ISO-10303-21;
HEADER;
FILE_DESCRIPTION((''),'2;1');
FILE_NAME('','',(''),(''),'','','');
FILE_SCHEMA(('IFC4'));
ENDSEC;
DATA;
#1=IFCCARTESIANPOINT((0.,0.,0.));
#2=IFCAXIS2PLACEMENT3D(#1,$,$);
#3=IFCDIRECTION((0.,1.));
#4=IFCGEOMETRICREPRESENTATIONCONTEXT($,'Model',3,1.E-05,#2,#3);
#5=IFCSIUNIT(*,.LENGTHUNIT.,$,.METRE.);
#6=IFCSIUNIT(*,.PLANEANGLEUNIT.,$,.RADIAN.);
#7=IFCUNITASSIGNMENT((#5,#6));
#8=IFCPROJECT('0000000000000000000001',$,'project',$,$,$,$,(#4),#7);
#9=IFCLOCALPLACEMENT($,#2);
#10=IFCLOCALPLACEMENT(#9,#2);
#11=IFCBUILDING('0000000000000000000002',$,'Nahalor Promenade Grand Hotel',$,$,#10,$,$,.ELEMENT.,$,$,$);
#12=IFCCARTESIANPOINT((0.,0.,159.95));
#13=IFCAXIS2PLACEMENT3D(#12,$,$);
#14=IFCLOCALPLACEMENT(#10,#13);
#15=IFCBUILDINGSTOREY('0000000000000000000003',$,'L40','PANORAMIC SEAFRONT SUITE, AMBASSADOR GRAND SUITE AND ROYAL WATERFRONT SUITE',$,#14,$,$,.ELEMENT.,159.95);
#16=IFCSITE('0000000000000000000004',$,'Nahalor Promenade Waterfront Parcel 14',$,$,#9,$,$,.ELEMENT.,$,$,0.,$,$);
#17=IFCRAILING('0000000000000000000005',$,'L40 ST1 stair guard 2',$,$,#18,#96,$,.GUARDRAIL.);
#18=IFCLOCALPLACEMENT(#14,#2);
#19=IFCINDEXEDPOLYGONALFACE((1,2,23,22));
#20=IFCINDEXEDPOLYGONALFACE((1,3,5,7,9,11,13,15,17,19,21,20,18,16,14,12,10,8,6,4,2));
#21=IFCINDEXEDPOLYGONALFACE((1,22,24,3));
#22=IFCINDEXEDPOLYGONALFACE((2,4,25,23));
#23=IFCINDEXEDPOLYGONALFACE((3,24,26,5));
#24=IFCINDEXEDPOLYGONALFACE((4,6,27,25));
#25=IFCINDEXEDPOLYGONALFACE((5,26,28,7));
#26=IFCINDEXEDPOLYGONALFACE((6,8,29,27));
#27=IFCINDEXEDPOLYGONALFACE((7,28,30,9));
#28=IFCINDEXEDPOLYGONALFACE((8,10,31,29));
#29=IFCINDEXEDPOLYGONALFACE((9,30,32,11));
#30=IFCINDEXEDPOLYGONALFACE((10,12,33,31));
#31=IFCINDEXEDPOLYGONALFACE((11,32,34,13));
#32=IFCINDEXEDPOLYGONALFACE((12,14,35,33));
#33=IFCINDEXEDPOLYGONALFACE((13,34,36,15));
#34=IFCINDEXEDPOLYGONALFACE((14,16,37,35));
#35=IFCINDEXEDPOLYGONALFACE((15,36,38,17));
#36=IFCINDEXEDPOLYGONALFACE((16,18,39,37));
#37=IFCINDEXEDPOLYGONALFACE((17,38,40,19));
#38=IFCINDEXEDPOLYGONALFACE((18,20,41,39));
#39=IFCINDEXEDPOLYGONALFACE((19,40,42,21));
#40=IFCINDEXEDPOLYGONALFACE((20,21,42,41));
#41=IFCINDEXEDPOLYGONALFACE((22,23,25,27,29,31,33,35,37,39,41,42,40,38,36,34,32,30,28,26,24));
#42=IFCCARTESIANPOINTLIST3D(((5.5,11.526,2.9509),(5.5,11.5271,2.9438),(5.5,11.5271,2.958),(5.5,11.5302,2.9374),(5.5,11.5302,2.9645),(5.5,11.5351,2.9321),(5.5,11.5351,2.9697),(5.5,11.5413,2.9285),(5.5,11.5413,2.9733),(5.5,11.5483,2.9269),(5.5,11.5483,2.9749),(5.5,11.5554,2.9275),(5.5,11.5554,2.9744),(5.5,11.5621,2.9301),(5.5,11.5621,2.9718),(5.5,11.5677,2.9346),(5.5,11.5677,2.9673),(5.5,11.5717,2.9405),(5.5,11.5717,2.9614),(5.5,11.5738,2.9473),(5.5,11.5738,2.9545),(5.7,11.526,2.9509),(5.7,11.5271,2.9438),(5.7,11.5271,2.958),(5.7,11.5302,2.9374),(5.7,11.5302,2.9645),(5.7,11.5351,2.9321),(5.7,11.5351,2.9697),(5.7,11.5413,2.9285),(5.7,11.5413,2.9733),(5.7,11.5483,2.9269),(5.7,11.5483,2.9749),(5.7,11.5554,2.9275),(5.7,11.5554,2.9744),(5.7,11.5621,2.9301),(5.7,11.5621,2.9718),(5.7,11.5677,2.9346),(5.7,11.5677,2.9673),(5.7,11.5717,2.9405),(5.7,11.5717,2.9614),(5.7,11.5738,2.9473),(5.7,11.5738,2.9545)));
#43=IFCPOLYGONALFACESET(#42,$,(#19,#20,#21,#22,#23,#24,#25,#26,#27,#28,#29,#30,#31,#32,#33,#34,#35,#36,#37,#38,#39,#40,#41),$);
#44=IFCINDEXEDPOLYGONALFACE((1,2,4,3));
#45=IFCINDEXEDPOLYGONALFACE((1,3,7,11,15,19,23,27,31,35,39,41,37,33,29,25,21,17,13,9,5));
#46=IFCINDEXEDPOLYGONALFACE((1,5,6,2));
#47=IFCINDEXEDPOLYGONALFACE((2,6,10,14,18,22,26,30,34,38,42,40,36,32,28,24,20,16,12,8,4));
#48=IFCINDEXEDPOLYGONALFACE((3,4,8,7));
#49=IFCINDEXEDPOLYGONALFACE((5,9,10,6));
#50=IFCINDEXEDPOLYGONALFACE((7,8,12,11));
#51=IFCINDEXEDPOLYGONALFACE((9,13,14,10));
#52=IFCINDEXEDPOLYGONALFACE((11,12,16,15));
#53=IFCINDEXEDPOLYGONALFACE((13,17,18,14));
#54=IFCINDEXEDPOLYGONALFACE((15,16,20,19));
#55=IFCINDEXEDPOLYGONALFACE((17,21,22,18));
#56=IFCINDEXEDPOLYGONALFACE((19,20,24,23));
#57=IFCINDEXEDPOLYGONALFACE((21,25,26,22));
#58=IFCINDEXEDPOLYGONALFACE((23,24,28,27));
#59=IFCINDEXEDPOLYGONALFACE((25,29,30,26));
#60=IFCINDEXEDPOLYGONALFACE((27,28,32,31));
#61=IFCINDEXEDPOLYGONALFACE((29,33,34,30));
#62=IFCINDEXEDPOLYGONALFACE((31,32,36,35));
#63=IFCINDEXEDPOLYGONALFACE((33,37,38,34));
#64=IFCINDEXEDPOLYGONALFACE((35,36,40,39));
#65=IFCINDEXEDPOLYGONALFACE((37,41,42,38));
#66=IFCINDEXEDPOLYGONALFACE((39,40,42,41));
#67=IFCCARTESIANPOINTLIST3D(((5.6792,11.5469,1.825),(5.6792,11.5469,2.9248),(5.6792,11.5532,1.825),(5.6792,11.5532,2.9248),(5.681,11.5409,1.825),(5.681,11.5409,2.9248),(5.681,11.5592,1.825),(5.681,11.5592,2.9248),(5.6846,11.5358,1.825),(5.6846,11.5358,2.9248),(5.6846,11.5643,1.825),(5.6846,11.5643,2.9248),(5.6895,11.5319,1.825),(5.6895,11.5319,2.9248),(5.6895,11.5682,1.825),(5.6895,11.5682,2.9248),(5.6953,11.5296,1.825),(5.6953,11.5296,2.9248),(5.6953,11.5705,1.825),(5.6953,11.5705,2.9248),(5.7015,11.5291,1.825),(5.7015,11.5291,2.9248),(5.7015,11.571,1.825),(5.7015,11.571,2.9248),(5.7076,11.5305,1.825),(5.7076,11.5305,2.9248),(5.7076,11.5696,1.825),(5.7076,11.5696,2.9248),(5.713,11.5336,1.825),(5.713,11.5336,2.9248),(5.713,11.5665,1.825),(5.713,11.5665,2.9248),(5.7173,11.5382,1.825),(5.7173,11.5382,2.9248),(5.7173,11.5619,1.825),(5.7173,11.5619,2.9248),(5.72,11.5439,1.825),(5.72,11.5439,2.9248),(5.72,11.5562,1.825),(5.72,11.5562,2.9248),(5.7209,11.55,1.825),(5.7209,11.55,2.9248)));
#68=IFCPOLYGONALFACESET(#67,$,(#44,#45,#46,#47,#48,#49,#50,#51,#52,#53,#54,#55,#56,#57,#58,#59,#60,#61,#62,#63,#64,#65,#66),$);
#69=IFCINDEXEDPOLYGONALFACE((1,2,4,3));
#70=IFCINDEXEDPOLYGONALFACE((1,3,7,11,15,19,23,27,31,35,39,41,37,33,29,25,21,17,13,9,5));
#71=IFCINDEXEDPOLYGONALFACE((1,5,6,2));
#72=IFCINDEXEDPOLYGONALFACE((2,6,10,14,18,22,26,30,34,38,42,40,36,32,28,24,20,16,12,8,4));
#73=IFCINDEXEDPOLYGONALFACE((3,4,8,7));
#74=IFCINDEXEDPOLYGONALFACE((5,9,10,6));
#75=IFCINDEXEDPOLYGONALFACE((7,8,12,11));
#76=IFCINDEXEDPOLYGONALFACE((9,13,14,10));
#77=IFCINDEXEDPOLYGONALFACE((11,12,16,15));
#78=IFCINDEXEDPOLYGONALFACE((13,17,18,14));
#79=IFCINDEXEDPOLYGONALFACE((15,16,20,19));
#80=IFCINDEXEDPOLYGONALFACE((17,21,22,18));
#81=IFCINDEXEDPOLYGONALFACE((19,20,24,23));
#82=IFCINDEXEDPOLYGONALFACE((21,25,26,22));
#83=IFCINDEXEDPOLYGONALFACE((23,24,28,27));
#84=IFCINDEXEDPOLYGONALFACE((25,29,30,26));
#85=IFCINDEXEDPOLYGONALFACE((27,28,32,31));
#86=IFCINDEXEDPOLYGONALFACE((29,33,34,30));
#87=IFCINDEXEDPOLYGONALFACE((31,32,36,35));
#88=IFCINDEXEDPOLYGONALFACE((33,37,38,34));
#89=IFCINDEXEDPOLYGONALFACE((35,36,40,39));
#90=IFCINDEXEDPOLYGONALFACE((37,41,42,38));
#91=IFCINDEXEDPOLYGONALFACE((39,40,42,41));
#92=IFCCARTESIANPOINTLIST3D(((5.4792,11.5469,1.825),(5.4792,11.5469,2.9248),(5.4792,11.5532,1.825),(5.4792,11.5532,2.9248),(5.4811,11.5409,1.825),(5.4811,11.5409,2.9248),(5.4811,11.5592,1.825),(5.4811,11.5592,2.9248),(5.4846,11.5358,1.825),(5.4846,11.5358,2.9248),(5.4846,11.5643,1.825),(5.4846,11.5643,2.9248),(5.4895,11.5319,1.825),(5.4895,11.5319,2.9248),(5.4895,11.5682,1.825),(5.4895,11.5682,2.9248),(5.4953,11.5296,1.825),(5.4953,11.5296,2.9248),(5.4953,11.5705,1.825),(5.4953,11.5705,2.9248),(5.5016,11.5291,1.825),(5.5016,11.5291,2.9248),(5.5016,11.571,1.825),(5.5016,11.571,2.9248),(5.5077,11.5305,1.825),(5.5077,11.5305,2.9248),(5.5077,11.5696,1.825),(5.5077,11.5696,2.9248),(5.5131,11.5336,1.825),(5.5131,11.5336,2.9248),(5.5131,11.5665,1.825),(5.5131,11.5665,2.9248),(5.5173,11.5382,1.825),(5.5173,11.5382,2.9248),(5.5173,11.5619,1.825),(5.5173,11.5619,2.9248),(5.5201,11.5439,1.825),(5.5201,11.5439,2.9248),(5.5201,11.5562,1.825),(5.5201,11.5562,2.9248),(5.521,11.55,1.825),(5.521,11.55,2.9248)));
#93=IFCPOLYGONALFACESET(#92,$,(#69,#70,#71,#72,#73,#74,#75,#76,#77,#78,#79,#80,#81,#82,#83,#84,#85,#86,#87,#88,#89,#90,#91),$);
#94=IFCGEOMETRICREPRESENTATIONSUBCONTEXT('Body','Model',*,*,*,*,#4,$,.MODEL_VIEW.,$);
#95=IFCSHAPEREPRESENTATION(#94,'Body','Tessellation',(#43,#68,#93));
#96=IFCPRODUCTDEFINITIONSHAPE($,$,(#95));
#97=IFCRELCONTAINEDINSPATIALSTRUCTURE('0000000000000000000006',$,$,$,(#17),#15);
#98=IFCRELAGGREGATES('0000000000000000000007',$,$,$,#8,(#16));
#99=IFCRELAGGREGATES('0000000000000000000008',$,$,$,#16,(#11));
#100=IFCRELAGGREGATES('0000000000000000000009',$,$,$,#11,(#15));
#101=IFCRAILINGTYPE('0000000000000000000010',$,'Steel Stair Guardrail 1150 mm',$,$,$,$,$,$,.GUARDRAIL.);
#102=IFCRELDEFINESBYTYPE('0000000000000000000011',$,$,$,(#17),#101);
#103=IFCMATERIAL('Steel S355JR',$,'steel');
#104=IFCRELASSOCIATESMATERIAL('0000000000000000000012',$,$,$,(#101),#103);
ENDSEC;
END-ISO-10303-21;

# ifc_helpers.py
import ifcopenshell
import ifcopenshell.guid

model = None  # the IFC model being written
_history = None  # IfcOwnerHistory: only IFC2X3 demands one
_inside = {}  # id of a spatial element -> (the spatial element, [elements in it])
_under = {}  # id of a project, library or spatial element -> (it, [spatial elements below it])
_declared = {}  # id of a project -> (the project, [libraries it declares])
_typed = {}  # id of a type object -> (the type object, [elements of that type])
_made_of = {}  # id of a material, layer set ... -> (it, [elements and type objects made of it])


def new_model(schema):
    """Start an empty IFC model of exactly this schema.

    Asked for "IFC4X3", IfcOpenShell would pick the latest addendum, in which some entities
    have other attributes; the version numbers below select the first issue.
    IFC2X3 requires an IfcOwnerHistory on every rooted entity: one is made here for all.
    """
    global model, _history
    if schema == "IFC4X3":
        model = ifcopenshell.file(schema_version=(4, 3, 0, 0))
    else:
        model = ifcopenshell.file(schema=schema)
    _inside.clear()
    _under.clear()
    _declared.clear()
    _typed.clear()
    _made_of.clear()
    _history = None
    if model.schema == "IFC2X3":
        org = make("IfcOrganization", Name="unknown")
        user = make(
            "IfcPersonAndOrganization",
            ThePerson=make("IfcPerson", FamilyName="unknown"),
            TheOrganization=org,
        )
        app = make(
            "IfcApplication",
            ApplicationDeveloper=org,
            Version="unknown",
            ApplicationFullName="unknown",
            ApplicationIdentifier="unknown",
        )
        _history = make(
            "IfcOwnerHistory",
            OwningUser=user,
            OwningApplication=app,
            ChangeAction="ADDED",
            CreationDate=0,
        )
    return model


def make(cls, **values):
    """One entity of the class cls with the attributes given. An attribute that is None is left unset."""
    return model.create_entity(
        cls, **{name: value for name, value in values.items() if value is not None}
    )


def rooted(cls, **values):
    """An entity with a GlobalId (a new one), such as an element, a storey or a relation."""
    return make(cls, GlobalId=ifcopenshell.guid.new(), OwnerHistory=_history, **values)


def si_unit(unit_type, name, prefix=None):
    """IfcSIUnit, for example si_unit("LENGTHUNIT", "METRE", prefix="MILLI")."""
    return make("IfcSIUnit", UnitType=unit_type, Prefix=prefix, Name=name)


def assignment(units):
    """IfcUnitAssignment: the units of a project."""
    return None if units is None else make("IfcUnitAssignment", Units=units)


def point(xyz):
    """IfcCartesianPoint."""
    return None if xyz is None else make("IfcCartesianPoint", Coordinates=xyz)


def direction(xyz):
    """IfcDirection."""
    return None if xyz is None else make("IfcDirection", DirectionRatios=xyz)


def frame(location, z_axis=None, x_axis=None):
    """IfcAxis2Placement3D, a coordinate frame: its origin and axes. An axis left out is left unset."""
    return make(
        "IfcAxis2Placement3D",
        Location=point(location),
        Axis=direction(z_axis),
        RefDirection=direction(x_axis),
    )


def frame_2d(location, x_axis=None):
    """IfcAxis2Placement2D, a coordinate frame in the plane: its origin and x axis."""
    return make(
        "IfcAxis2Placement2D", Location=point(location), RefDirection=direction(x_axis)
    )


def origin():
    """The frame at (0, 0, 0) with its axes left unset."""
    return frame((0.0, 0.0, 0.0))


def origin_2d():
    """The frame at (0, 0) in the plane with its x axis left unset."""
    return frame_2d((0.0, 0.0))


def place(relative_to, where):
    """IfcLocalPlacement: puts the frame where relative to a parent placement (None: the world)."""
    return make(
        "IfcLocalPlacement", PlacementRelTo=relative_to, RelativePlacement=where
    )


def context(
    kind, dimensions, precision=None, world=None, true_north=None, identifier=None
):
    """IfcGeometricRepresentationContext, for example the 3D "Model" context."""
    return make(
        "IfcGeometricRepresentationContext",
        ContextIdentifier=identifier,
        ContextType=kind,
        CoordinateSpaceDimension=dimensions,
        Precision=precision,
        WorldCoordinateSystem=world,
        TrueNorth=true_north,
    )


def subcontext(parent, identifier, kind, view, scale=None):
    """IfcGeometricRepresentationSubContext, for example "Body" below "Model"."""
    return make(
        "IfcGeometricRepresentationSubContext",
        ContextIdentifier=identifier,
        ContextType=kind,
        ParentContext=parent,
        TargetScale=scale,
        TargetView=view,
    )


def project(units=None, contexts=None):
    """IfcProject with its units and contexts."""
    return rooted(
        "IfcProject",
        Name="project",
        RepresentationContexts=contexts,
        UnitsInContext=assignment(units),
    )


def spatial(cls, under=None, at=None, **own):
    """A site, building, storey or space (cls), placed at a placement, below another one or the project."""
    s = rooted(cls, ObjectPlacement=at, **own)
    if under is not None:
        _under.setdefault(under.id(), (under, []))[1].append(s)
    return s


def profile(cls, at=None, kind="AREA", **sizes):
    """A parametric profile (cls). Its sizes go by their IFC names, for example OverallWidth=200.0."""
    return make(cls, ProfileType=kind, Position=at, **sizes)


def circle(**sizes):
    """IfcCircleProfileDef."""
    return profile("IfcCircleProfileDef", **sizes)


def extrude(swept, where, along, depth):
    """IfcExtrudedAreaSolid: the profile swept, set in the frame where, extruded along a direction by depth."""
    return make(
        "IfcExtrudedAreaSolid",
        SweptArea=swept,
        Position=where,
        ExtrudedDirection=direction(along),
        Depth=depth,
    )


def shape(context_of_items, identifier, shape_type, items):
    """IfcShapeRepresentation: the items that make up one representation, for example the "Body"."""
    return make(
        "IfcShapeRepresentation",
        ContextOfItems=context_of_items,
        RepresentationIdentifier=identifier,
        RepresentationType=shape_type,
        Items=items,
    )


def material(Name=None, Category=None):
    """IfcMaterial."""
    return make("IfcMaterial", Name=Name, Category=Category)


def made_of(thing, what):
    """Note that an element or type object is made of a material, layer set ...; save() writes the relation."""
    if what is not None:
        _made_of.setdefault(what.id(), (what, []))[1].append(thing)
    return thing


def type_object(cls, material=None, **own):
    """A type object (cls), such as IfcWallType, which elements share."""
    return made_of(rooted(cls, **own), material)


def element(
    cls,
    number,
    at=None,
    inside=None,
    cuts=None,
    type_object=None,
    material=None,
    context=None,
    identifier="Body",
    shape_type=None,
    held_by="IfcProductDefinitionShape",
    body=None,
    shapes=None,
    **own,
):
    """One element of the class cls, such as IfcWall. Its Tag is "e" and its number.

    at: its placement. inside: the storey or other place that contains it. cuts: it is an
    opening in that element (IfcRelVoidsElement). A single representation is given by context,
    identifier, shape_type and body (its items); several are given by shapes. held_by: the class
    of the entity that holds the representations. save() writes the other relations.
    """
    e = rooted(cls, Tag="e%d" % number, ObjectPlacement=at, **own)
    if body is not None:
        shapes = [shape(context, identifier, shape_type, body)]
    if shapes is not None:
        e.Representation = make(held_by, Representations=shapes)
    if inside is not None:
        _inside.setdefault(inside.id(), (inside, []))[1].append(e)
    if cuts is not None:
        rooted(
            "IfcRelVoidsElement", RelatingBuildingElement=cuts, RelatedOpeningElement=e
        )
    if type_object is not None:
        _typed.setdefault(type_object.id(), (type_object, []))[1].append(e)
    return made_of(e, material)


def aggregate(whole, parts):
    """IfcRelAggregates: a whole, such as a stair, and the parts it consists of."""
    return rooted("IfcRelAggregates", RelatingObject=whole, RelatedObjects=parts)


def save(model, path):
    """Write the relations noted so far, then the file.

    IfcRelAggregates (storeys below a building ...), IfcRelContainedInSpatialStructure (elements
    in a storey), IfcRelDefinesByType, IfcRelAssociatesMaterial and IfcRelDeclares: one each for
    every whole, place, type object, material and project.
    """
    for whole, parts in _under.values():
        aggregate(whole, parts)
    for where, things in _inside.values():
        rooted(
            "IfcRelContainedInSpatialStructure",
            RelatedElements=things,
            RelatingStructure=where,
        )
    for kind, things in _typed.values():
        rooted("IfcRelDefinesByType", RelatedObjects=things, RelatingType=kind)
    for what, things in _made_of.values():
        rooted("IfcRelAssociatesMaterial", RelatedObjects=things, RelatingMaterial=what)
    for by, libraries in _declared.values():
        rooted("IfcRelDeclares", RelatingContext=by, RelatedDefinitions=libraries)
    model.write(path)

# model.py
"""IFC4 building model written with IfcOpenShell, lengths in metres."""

from ifc_helpers import new_model, si_unit, direction, frame, origin, origin_2d, place, context, subcontext, project, spatial, circle, extrude, material, type_object, element, save


model = new_model("IFC4")

# Units and contexts
model_context = context("Model", 3, precision=1e-05, world=origin(), true_north=direction((0.0, 1.0)))
body_context = subcontext(model_context, "Body", "Model", "MODEL_VIEW")
ifc_project = project(units=[si_unit("LENGTHUNIT", "METRE"), si_unit("PLANEANGLEUNIT", "RADIAN")], contexts=[model_context])

# Site, building, storey
site_placement = place(None, origin())
site = spatial("IfcSite", under=ifc_project, at=site_placement, Name="Nahalor Promenade Waterfront Parcel 14", CompositionType="ELEMENT", RefElevation=0.0)
building_placement = place(site_placement, origin())
building = spatial("IfcBuilding", under=site, at=building_placement, Name="Nahalor Promenade Grand Hotel", CompositionType="ELEMENT")
storey_placement = place(building_placement, frame((0.0, 0.0, 159.95)))
storey = spatial("IfcBuildingStorey", under=building, at=storey_placement, Name="L40", Description="PANORAMIC SEAFRONT SUITE, AMBASSADOR GRAND SUITE AND ROYAL WATERFRONT SUITE", CompositionType="ELEMENT", Elevation=159.95)

# Shared definitions
ifc_material_1 = material(Name="Steel S355JR", Category="steel")

# Railing
railing_type_1 = type_object("IfcRailingType", Name="Steel Stair Guardrail 1150 mm", PredefinedType="GUARDRAIL", material=ifc_material_1)
railing_1_placement = place(storey_placement, frame((5.7, 11.55, 1.825)))
element("IfcRailing", 1, at=railing_1_placement, inside=storey, type_object=railing_type_1, Name="L40 ST1 stair guard 2", PredefinedType="GUARDRAIL", context=body_context, shape_type="SweptSolid", body=[
    extrude(circle(Radius=0.024, at=origin_2d()), frame((0.0, 0.0, 1.126), z_axis=(-1.0, 0.0, 0.0), x_axis=(0.0, -1.0, 0.0)), (0.0, 0.0, 1.0), 0.2),
    extrude(circle(Radius=0.021, at=origin_2d()), origin(), (0.0, 0.0, 1.0), 1.0999),
    extrude(circle(Radius=0.021, at=origin_2d()), frame((-0.2, 0.0, 0.0)), (0.0, 0.0, 1.0), 1.0999),
])

save(model, "model.ifc")
